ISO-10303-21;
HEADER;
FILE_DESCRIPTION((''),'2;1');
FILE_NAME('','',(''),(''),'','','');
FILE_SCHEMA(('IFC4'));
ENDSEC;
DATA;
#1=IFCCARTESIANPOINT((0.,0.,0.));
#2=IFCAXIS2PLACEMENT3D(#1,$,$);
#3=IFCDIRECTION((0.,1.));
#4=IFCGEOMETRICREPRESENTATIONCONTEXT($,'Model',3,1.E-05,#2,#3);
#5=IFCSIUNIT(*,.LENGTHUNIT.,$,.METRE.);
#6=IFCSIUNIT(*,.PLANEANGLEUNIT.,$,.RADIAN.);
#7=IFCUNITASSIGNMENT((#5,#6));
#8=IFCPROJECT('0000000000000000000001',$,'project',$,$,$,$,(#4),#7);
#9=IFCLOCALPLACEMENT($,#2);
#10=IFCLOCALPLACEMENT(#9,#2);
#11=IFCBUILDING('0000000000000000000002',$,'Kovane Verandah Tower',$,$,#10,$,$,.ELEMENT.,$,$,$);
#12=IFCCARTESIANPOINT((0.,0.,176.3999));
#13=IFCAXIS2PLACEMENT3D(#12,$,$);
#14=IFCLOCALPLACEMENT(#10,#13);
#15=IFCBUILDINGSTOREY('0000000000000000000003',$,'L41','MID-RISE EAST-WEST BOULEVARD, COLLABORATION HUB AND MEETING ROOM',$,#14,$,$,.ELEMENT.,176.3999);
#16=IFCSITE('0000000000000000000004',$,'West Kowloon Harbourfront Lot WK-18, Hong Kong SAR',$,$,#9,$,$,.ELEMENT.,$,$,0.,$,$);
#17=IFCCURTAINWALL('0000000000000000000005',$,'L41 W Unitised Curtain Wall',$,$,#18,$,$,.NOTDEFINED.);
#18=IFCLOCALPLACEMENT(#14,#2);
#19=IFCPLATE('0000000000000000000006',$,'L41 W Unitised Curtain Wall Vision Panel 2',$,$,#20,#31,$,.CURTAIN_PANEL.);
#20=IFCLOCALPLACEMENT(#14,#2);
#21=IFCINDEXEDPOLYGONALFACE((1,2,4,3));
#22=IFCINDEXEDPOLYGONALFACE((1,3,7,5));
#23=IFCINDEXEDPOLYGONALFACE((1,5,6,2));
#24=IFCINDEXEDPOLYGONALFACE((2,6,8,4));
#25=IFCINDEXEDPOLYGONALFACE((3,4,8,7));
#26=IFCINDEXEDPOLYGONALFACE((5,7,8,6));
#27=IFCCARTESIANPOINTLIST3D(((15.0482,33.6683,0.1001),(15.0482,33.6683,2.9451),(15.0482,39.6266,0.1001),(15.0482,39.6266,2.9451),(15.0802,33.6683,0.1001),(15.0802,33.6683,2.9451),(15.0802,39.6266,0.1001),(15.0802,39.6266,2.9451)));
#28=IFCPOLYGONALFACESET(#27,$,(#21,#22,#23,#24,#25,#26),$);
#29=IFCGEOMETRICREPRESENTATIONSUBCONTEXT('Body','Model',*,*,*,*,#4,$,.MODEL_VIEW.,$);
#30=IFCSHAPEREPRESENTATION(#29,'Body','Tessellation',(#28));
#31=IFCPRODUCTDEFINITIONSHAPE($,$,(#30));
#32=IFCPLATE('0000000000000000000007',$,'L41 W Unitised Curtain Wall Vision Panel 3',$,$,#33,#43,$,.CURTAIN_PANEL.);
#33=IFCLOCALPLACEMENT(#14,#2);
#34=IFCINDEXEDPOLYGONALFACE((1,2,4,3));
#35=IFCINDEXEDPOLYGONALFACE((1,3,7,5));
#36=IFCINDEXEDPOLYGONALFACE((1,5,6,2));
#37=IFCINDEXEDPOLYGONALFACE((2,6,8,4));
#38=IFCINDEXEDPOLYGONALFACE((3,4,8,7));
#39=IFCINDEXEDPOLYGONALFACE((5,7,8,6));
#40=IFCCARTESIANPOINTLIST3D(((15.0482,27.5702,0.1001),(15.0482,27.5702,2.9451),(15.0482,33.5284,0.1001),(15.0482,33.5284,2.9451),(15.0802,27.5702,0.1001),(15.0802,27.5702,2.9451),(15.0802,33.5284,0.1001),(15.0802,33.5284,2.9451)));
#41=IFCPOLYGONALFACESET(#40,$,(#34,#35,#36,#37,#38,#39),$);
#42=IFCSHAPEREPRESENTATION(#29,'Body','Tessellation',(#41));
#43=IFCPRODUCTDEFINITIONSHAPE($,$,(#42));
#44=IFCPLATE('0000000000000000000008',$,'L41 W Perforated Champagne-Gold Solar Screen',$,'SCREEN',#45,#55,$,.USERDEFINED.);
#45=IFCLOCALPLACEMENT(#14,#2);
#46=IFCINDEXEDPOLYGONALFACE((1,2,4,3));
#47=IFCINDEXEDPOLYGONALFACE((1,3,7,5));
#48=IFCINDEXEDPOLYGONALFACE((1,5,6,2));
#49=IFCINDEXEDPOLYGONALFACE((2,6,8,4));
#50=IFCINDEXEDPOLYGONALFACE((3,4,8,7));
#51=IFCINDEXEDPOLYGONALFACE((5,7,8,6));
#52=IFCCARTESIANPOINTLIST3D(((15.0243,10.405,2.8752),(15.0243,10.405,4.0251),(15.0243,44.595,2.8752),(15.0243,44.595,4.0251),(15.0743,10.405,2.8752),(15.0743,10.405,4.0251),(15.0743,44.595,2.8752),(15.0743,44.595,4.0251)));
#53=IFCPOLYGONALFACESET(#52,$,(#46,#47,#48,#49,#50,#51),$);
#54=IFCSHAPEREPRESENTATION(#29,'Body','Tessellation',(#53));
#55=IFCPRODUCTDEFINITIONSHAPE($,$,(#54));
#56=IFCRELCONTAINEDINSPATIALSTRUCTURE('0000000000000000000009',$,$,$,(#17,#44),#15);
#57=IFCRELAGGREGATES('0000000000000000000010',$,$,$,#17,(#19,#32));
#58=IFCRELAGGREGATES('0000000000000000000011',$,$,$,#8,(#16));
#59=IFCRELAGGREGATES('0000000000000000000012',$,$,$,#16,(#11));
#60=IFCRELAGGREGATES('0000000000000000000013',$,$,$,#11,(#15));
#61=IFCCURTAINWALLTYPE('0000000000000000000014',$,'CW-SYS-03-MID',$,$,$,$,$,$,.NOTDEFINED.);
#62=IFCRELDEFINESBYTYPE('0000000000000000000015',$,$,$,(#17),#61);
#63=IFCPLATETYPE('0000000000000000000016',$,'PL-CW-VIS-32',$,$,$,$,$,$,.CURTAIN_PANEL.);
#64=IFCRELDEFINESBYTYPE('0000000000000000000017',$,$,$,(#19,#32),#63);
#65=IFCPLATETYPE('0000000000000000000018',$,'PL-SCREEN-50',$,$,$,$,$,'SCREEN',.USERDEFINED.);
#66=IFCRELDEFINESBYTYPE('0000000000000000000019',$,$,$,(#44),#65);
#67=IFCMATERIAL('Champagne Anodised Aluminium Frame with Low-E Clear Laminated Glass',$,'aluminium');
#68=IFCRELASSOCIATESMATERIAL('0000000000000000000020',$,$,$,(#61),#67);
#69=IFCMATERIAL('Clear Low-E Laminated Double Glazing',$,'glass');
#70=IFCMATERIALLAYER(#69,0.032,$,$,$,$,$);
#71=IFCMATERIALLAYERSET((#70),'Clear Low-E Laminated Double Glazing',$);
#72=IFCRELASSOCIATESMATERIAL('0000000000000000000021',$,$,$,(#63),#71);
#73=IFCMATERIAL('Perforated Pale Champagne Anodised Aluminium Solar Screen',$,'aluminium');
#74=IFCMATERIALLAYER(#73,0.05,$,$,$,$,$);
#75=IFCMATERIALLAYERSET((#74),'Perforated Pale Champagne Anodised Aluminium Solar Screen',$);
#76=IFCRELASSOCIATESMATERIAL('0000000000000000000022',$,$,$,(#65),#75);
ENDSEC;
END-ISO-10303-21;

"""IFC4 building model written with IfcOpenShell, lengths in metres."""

from ifc_helpers import new_model, si_unit, direction, frame, origin, origin_2d, place, context, subcontext, project, spatial, rectangle, extrude, material, layer, layer_set, type_object, element, aggregate, save


model = new_model("IFC4")

# Units and contexts
model_context = context("Model", 3, precision=1e-05, world=origin(), true_north=direction((0.0, 1.0)))
body_context = subcontext(model_context, "Body", "Model", "MODEL_VIEW")
ifc_project = project(units=[si_unit("LENGTHUNIT", "METRE"), si_unit("PLANEANGLEUNIT", "RADIAN")], contexts=[model_context])

# Site, building, storey
site_placement = place(None, origin())
site = spatial("IfcSite", under=ifc_project, at=site_placement, Name="West Kowloon Harbourfront Lot WK-18, Hong Kong SAR", CompositionType="ELEMENT", RefElevation=0.0)
building_placement = place(site_placement, origin())
building = spatial("IfcBuilding", under=site, at=building_placement, Name="Kovane Verandah Tower", CompositionType="ELEMENT")
storey_placement = place(building_placement, frame((0.0, 0.0, 176.3999)))
storey = spatial("IfcBuildingStorey", under=building, at=storey_placement, Name="L41", Description="MID-RISE EAST-WEST BOULEVARD, COLLABORATION HUB AND MEETING ROOM", CompositionType="ELEMENT", Elevation=176.3999)

# Curtain wall
ifc_material_1 = material(Name="Champagne Anodised Aluminium Frame with Low-E Clear Laminated Glass", Category="aluminium")
curtain_wall_type = type_object("IfcCurtainWallType", Name="CW-SYS-03-MID", PredefinedType="NOTDEFINED", material=ifc_material_1)
curtain_wall_placement = place(storey_placement, origin())
curtain_wall = element("IfcCurtainWall", 1, at=curtain_wall_placement, inside=storey, type_object=curtain_wall_type, Name="L41 W Unitised Curtain Wall", PredefinedType="NOTDEFINED")

# Plates
ifc_material_2 = material(Name="Clear Low-E Laminated Double Glazing", Category="glass")
ifc_layer_1 = layer(ifc_material_2, 0.032)
ifc_layer_set_1 = layer_set([ifc_layer_1], Name="Clear Low-E Laminated Double Glazing")
plate_type_1 = type_object("IfcPlateType", Name="PL-CW-VIS-32", PredefinedType="CURTAIN_PANEL", material=ifc_layer_set_1)
plate_1_placement = place(storey_placement, frame((15.0642, 36.6475, 0.1001), z_axis=(0.0, 0.0, 1.0), x_axis=(0.0, -1.0, 0.0)))
plate_1 = element("IfcPlate", 2, at=plate_1_placement, type_object=plate_type_1, Name="L41 W Unitised Curtain Wall Vision Panel 2", PredefinedType="CURTAIN_PANEL", context=body_context, shape_type="SweptSolid", body=[
    extrude(rectangle(XDim=5.9583, YDim=0.032, at=origin_2d()), origin(), (0.0, 0.0, 1.0), 2.845),
])
plate_2_placement = place(storey_placement, frame((15.0642, 30.5493, 0.1001), z_axis=(0.0, 0.0, 1.0), x_axis=(0.0, -1.0, 0.0)))
plate_2 = element("IfcPlate", 3, at=plate_2_placement, type_object=plate_type_1, Name="L41 W Unitised Curtain Wall Vision Panel 3", PredefinedType="CURTAIN_PANEL", context=body_context, shape_type="SweptSolid", body=[
    extrude(rectangle(XDim=5.9583, YDim=0.032, at=origin_2d()), origin(), (0.0, 0.0, 1.0), 2.845),
])
aggregate(curtain_wall, [plate_1, plate_2])
ifc_material_3 = material(Name="Perforated Pale Champagne Anodised Aluminium Solar Screen", Category="aluminium")
ifc_layer_2 = layer(ifc_material_3, 0.05)
ifc_layer_set_2 = layer_set([ifc_layer_2], Name="Perforated Pale Champagne Anodised Aluminium Solar Screen")
plate_type_2 = type_object("IfcPlateType", Name="PL-SCREEN-50", ElementType="SCREEN", PredefinedType="USERDEFINED", material=ifc_layer_set_2)
plate_3_placement = place(storey_placement, frame((15.0493, 27.5, 2.8752), z_axis=(0.0, 0.0, 1.0), x_axis=(0.0, -1.0, 0.0)))
element("IfcPlate", 4, at=plate_3_placement, inside=storey, type_object=plate_type_2, Name="L41 W Perforated Champagne-Gold Solar Screen", ObjectType="SCREEN", PredefinedType="USERDEFINED", context=body_context, shape_type="SweptSolid", body=[
    extrude(rectangle(XDim=34.1899, YDim=0.05, at=origin_2d()), origin(), (0.0, 0.0, 1.0), 1.1499),
])

save(model, "model.ifc")
